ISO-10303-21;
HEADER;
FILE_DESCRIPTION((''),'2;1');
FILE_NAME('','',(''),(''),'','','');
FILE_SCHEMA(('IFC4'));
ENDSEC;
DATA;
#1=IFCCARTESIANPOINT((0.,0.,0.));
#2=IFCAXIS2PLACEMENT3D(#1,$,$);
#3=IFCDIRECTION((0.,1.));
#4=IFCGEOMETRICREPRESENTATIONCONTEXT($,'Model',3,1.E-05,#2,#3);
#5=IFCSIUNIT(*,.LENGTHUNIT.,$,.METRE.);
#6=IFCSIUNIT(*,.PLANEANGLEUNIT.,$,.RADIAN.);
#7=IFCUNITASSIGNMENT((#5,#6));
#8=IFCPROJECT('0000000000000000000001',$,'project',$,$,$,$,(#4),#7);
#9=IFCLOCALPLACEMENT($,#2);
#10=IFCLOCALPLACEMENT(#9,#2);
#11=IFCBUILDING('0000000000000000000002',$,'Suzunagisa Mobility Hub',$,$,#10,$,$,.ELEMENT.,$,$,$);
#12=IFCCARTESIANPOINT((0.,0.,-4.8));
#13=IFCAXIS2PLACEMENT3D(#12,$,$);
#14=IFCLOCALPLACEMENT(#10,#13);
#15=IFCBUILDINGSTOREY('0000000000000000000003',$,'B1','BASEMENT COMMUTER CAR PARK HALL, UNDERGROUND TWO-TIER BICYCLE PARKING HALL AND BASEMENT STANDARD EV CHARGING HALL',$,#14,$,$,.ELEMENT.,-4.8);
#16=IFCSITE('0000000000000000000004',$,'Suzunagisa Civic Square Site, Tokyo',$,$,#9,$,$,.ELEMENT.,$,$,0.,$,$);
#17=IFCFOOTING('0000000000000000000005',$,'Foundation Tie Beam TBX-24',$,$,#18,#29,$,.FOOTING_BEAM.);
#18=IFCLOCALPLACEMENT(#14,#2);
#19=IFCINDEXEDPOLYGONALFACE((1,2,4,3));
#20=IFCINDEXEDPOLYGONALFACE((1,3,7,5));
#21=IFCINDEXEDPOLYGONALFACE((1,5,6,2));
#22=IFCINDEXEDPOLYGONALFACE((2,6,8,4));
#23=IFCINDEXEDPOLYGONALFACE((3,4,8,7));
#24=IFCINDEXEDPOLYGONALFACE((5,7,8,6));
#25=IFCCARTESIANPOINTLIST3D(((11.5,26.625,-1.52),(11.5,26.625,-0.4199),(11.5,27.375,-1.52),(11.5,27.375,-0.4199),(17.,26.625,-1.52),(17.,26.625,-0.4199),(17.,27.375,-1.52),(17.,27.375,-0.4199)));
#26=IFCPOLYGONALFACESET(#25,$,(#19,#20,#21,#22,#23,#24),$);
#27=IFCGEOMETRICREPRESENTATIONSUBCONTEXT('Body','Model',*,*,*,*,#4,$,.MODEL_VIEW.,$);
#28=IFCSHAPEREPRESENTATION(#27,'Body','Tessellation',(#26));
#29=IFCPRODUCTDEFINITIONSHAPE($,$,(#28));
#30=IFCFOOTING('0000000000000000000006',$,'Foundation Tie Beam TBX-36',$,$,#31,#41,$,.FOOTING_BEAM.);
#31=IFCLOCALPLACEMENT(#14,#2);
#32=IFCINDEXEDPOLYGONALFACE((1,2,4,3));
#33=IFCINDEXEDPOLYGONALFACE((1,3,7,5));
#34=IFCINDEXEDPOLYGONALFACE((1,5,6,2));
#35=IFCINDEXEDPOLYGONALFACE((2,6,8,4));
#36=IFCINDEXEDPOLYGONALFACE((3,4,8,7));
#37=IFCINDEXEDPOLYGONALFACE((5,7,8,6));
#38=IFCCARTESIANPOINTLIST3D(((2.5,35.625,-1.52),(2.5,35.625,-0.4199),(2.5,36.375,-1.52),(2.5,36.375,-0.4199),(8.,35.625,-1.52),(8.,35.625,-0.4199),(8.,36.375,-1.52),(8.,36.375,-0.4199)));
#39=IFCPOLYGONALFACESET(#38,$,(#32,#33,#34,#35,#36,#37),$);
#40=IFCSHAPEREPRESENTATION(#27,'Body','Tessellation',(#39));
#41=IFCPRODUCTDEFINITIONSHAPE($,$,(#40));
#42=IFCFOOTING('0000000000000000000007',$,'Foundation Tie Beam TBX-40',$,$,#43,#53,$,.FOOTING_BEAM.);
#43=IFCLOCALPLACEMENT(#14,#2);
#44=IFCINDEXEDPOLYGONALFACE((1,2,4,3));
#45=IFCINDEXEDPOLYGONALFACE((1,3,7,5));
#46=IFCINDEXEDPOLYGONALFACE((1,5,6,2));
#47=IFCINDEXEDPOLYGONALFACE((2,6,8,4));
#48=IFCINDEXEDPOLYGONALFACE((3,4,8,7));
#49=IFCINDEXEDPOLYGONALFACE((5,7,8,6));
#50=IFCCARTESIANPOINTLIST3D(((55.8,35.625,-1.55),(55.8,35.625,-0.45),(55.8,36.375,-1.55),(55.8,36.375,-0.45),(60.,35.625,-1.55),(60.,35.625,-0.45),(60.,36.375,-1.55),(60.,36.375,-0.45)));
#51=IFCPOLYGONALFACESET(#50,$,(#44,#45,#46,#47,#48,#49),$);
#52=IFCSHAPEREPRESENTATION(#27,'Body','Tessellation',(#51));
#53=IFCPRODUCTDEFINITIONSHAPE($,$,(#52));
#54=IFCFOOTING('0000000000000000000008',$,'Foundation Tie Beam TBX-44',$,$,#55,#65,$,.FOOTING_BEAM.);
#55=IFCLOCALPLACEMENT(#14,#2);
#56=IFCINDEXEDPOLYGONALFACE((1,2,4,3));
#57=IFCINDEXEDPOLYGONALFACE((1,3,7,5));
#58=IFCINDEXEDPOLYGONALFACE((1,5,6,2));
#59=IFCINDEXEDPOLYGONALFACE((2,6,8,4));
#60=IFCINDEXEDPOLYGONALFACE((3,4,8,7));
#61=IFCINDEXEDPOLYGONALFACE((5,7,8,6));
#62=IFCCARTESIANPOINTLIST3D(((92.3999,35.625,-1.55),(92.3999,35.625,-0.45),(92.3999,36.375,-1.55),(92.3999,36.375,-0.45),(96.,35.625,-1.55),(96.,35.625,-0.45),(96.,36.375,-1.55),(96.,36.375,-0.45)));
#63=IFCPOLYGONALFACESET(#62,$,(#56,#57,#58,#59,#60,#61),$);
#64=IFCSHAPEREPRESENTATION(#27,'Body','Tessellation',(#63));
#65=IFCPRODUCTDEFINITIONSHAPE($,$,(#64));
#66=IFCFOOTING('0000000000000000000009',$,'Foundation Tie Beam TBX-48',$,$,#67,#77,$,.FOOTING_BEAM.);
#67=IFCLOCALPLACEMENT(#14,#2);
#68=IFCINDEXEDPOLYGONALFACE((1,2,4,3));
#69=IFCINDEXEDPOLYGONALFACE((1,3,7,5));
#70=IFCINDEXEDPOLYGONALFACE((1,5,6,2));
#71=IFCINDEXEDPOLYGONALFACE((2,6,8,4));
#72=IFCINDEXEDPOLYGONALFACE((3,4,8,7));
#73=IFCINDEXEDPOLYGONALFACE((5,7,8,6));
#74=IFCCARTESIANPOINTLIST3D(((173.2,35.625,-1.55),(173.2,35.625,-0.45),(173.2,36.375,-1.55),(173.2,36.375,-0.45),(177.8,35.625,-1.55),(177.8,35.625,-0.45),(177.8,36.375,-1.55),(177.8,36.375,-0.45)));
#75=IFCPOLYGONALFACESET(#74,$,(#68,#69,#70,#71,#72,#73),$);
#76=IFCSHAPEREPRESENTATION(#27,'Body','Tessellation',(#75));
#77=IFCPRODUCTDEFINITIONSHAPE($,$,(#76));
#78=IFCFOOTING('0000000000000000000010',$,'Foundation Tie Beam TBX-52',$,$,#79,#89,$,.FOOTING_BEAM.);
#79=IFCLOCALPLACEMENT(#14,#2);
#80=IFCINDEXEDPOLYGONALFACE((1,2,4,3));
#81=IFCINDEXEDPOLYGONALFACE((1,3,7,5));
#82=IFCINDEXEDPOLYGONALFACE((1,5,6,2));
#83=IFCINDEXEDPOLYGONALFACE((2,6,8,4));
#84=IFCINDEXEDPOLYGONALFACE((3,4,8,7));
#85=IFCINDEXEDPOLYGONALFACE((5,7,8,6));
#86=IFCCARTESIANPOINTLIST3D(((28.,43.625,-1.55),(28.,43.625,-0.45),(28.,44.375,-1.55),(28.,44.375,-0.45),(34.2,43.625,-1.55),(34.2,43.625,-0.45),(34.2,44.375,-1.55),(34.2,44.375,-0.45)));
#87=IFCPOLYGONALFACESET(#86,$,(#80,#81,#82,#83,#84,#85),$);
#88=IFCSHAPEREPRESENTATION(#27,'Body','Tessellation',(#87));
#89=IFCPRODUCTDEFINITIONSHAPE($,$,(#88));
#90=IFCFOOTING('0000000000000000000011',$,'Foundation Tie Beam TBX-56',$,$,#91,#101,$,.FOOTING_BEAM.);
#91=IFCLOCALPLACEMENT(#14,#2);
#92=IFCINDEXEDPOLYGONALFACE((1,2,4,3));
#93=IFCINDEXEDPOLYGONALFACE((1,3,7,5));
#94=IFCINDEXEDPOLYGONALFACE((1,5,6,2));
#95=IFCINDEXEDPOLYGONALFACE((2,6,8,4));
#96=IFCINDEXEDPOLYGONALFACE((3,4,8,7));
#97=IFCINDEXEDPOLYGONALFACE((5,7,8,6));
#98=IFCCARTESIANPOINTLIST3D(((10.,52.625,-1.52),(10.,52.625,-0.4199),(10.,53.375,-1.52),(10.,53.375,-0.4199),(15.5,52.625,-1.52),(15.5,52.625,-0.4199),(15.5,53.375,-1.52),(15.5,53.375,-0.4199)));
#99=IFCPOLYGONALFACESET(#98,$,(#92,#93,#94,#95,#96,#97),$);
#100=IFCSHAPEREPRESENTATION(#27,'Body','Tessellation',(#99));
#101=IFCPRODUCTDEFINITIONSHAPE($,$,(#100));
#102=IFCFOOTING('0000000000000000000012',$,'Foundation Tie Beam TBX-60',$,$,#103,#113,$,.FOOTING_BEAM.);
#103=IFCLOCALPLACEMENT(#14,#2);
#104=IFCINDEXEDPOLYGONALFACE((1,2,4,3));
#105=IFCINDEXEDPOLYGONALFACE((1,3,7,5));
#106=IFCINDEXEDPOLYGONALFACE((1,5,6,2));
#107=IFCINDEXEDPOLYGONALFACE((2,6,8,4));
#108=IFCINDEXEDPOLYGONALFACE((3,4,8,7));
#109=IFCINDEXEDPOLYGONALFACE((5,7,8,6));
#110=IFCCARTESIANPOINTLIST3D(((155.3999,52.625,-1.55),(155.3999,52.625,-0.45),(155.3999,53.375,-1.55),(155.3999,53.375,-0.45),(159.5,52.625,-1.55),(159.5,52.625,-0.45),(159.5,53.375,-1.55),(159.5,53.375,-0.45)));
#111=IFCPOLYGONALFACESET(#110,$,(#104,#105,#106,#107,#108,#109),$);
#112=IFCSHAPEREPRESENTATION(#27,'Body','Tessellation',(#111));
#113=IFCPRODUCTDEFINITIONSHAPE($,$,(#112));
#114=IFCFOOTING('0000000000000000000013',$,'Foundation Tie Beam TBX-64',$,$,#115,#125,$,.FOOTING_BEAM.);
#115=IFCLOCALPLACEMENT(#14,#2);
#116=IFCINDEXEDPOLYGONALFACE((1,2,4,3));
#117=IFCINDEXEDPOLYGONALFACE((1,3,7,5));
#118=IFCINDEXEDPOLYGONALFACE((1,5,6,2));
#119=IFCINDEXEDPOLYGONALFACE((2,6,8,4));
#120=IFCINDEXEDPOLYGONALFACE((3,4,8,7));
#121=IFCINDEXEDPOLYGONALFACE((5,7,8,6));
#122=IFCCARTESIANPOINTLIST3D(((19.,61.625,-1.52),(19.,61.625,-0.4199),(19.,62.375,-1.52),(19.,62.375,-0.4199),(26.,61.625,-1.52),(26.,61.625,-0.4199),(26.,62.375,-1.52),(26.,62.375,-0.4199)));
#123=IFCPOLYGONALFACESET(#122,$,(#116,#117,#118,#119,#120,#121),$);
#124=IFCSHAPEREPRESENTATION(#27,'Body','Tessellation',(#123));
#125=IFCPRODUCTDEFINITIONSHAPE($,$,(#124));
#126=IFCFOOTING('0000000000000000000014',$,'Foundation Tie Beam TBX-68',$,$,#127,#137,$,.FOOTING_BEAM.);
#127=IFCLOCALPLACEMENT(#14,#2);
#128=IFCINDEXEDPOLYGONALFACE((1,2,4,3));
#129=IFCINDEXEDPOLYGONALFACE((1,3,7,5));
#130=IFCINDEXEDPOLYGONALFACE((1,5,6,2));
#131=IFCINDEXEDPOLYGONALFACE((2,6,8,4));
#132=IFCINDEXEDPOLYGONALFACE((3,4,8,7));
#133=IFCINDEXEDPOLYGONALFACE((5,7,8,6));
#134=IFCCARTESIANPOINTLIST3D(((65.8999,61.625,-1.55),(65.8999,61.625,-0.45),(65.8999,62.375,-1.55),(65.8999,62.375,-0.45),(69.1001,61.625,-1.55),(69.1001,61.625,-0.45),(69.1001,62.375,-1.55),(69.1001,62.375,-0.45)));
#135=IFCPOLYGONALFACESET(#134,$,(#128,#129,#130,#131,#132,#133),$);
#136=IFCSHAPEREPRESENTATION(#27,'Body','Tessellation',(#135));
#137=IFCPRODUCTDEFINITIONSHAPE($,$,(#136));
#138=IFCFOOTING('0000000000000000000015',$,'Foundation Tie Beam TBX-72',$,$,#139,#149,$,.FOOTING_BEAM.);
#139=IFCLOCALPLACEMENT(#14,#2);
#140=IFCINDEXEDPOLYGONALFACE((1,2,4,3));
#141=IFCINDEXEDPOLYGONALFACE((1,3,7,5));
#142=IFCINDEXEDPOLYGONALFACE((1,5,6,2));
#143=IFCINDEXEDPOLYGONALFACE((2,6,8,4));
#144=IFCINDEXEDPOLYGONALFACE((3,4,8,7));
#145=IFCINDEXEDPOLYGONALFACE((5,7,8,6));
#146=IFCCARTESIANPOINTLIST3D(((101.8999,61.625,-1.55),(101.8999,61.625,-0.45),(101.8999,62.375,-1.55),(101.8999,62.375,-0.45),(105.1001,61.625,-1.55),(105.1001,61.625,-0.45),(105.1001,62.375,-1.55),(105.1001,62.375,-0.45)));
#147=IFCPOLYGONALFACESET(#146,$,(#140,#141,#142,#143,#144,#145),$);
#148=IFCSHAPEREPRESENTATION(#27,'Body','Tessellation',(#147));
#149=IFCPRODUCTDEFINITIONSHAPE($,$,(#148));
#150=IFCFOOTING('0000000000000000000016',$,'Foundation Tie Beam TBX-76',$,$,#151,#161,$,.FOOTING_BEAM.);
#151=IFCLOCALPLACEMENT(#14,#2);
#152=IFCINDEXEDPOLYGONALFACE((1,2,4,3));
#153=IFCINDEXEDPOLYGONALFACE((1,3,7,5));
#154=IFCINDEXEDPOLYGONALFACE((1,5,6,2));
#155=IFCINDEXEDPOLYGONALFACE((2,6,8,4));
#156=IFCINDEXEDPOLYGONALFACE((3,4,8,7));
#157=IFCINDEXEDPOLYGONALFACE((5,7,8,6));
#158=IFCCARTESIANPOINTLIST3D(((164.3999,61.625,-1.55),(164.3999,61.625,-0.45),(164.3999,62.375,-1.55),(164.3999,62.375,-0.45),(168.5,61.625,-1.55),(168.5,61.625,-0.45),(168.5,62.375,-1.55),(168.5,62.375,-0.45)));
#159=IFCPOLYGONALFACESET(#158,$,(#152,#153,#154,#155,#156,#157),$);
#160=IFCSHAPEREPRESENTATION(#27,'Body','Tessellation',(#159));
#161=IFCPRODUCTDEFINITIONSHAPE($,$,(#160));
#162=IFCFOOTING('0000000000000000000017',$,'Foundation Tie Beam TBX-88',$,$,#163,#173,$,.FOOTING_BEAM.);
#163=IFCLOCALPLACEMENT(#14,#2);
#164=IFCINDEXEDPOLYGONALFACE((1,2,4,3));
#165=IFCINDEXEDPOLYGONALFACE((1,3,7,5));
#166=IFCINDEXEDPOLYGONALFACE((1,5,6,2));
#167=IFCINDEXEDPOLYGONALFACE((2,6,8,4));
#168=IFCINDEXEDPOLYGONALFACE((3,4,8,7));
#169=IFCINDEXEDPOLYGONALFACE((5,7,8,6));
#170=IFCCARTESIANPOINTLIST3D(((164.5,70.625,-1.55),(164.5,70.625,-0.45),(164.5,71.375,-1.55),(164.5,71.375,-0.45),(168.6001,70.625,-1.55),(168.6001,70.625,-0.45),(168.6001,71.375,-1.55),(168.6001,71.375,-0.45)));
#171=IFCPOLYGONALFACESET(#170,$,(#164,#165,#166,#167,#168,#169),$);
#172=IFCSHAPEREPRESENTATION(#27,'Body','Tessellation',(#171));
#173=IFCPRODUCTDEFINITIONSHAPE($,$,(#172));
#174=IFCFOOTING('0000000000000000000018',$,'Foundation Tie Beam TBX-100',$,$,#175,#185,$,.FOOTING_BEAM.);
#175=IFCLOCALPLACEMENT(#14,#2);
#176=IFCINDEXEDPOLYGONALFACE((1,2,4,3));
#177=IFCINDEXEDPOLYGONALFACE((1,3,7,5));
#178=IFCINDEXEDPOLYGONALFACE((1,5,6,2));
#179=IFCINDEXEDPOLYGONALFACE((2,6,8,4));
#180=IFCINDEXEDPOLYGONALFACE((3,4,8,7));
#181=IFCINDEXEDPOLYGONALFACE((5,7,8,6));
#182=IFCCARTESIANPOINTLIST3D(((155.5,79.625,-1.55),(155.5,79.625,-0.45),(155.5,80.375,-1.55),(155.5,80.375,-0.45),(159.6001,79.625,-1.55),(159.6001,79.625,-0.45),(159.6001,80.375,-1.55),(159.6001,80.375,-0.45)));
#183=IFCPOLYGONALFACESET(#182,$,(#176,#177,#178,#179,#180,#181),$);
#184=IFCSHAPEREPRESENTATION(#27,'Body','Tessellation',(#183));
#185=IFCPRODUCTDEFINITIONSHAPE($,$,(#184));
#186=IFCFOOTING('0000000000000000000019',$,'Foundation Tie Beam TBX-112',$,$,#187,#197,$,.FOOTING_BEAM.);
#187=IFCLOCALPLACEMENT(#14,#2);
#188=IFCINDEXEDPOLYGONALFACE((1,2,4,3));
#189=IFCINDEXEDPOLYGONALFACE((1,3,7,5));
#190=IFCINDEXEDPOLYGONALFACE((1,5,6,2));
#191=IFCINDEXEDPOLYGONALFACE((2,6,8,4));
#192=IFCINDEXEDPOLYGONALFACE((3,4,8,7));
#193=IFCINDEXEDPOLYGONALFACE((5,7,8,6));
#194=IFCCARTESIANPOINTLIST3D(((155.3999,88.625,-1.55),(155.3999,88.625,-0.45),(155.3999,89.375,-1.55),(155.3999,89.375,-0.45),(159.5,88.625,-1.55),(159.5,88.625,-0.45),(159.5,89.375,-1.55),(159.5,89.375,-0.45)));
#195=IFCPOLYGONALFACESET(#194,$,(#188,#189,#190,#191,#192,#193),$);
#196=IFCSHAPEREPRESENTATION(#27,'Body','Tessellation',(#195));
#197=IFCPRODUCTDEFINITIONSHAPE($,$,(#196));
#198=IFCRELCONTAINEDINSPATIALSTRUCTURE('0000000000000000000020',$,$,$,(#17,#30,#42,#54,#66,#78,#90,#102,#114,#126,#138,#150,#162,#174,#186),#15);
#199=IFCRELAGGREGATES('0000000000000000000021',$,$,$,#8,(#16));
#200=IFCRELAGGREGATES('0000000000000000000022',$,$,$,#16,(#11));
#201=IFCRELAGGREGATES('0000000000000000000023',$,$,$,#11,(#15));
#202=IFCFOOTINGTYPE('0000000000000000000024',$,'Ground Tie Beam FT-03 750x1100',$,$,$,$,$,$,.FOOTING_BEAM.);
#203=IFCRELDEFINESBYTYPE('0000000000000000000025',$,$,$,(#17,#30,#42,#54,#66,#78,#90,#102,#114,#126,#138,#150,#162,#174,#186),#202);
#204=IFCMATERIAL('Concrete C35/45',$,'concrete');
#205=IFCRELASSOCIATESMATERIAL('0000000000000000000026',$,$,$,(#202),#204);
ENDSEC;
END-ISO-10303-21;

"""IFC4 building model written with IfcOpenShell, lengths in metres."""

from ifc_helpers import new_model, si_unit, direction, frame, origin, place, context, subcontext, project, spatial, polyline, outline, extrude, material, type_object, element, save


model = new_model("IFC4")

# Units and contexts
model_context = context("Model", 3, precision=1e-05, world=origin(), true_north=direction((0.0, 1.0)))
body_context = subcontext(model_context, "Body", "Model", "MODEL_VIEW")
ifc_project = project(units=[si_unit("LENGTHUNIT", "METRE"), si_unit("PLANEANGLEUNIT", "RADIAN")], contexts=[model_context])

# Site, building, storey
site_placement = place(None, origin())
site = spatial("IfcSite", under=ifc_project, at=site_placement, Name="Suzunagisa Civic Square Site, Tokyo", CompositionType="ELEMENT", RefElevation=0.0)
building_placement = place(site_placement, origin())
building = spatial("IfcBuilding", under=site, at=building_placement, Name="Suzunagisa Mobility Hub", CompositionType="ELEMENT")
storey_placement = place(building_placement, frame((0.0, 0.0, -4.8)))
storey = spatial("IfcBuildingStorey", under=building, at=storey_placement, Name="B1", Description="BASEMENT COMMUTER CAR PARK HALL, UNDERGROUND TWO-TIER BICYCLE PARKING HALL AND BASEMENT STANDARD EV CHARGING HALL", CompositionType="ELEMENT", Elevation=-4.8)

# Footings
ifc_material = material(Name="Concrete C35/45", Category="concrete")
footing_type = type_object("IfcFootingType", Name="Ground Tie Beam FT-03 750x1100", PredefinedType="FOOTING_BEAM", material=ifc_material)
footing_1_placement = place(storey_placement, frame((0.0, 0.0, -1.52)))
element("IfcFooting", 1, at=footing_1_placement, inside=storey, type_object=footing_type, Name="Foundation Tie Beam TBX-24", PredefinedType="FOOTING_BEAM", context=body_context, shape_type="SweptSolid", body=[
    extrude(outline(polyline([(11.5, 26.625), (17.0, 26.625), (17.0, 27.375), (11.5, 27.375), (11.5, 26.625)])), origin(), (0.0, 0.0, 1.0), 1.1001),
])
footing_2_placement = place(storey_placement, frame((0.0, 0.0, -1.52)))
element("IfcFooting", 2, at=footing_2_placement, inside=storey, type_object=footing_type, Name="Foundation Tie Beam TBX-36", PredefinedType="FOOTING_BEAM", context=body_context, shape_type="SweptSolid", body=[
    extrude(outline(polyline([(2.5, 35.625), (8.0, 35.625), (8.0, 36.375), (2.5, 36.375), (2.5, 35.625)])), origin(), (0.0, 0.0, 1.0), 1.1001),
])
footing_3_placement = place(storey_placement, frame((0.0, 0.0, -1.55)))
element("IfcFooting", 3, at=footing_3_placement, inside=storey, type_object=footing_type, Name="Foundation Tie Beam TBX-40", PredefinedType="FOOTING_BEAM", context=body_context, shape_type="SweptSolid", body=[
    extrude(outline(polyline([(55.8, 35.625), (60.0, 35.625), (60.0, 36.375), (55.8, 36.375), (55.8, 35.625)])), origin(), (0.0, 0.0, 1.0), 1.1001),
])
footing_4_placement = place(storey_placement, frame((0.0, 0.0, -1.55)))
element("IfcFooting", 4, at=footing_4_placement, inside=storey, type_object=footing_type, Name="Foundation Tie Beam TBX-44", PredefinedType="FOOTING_BEAM", context=body_context, shape_type="SweptSolid", body=[
    extrude(outline(polyline([(92.3999, 35.625), (96.0, 35.625), (96.0, 36.375), (92.3999, 36.375), (92.3999, 35.625)])), origin(), (0.0, 0.0, 1.0), 1.1001),
])
footing_5_placement = place(storey_placement, frame((0.0, 0.0, -1.55)))
element("IfcFooting", 5, at=footing_5_placement, inside=storey, type_object=footing_type, Name="Foundation Tie Beam TBX-48", PredefinedType="FOOTING_BEAM", context=body_context, shape_type="SweptSolid", body=[
    extrude(outline(polyline([(173.2, 35.625), (177.8, 35.625), (177.8, 36.375), (173.2, 36.375), (173.2, 35.625)])), origin(), (0.0, 0.0, 1.0), 1.1001),
])
footing_6_placement = place(storey_placement, frame((0.0, 0.0, -1.55)))
element("IfcFooting", 6, at=footing_6_placement, inside=storey, type_object=footing_type, Name="Foundation Tie Beam TBX-52", PredefinedType="FOOTING_BEAM", context=body_context, shape_type="SweptSolid", body=[
    extrude(outline(polyline([(28.0, 43.625), (34.2, 43.625), (34.2, 44.375), (28.0, 44.375), (28.0, 43.625)])), origin(), (0.0, 0.0, 1.0), 1.1001),
])
footing_7_placement = place(storey_placement, frame((0.0, 0.0, -1.52)))
element("IfcFooting", 7, at=footing_7_placement, inside=storey, type_object=footing_type, Name="Foundation Tie Beam TBX-56", PredefinedType="FOOTING_BEAM", context=body_context, shape_type="SweptSolid", body=[
    extrude(outline(polyline([(10.0, 52.625), (15.5, 52.625), (15.5, 53.375), (10.0, 53.375), (10.0, 52.625)])), origin(), (0.0, 0.0, 1.0), 1.1001),
])
footing_8_placement = place(storey_placement, frame((0.0, 0.0, -1.55)))
element("IfcFooting", 8, at=footing_8_placement, inside=storey, type_object=footing_type, Name="Foundation Tie Beam TBX-60", PredefinedType="FOOTING_BEAM", context=body_context, shape_type="SweptSolid", body=[
    extrude(outline(polyline([(155.3999, 52.625), (159.5, 52.625), (159.5, 53.375), (155.3999, 53.375), (155.3999, 52.625)])), origin(), (0.0, 0.0, 1.0), 1.1001),
])
footing_9_placement = place(storey_placement, frame((0.0, 0.0, -1.52)))
element("IfcFooting", 9, at=footing_9_placement, inside=storey, type_object=footing_type, Name="Foundation Tie Beam TBX-64", PredefinedType="FOOTING_BEAM", context=body_context, shape_type="SweptSolid", body=[
    extrude(outline(polyline([(19.0, 61.625), (26.0, 61.625), (26.0, 62.375), (19.0, 62.375), (19.0, 61.625)])), origin(), (0.0, 0.0, 1.0), 1.1001),
])
footing_10_placement = place(storey_placement, frame((0.0, 0.0, -1.55)))
element("IfcFooting", 10, at=footing_10_placement, inside=storey, type_object=footing_type, Name="Foundation Tie Beam TBX-68", PredefinedType="FOOTING_BEAM", context=body_context, shape_type="SweptSolid", body=[
    extrude(outline(polyline([(65.8999, 61.625), (69.1001, 61.625), (69.1001, 62.375), (65.8999, 62.375), (65.8999, 61.625)])), origin(), (0.0, 0.0, 1.0), 1.1001),
])
footing_11_placement = place(storey_placement, frame((0.0, 0.0, -1.55)))
element("IfcFooting", 11, at=footing_11_placement, inside=storey, type_object=footing_type, Name="Foundation Tie Beam TBX-72", PredefinedType="FOOTING_BEAM", context=body_context, shape_type="SweptSolid", body=[
    extrude(outline(polyline([(101.8999, 61.625), (105.1001, 61.625), (105.1001, 62.375), (101.8999, 62.375), (101.8999, 61.625)])), origin(), (0.0, 0.0, 1.0), 1.1001),
])
footing_12_placement = place(storey_placement, frame((0.0, 0.0, -1.55)))
element("IfcFooting", 12, at=footing_12_placement, inside=storey, type_object=footing_type, Name="Foundation Tie Beam TBX-76", PredefinedType="FOOTING_BEAM", context=body_context, shape_type="SweptSolid", body=[
    extrude(outline(polyline([(164.3999, 61.625), (168.5, 61.625), (168.5, 62.375), (164.3999, 62.375), (164.3999, 61.625)])), origin(), (0.0, 0.0, 1.0), 1.1001),
])
footing_13_placement = place(storey_placement, frame((0.0, 0.0, -1.55)))
element("IfcFooting", 13, at=footing_13_placement, inside=storey, type_object=footing_type, Name="Foundation Tie Beam TBX-88", PredefinedType="FOOTING_BEAM", context=body_context, shape_type="SweptSolid", body=[
    extrude(outline(polyline([(164.5, 70.625), (168.6001, 70.625), (168.6001, 71.375), (164.5, 71.375), (164.5, 70.625)])), origin(), (0.0, 0.0, 1.0), 1.1001),
])
footing_14_placement = place(storey_placement, frame((0.0, 0.0, -1.55)))
element("IfcFooting", 14, at=footing_14_placement, inside=storey, type_object=footing_type, Name="Foundation Tie Beam TBX-100", PredefinedType="FOOTING_BEAM", context=body_context, shape_type="SweptSolid", body=[
    extrude(outline(polyline([(155.5, 79.625), (159.6001, 79.625), (159.6001, 80.375), (155.5, 80.375), (155.5, 79.625)])), origin(), (0.0, 0.0, 1.0), 1.1001),
])
footing_15_placement = place(storey_placement, frame((0.0, 0.0, -1.55)))
element("IfcFooting", 15, at=footing_15_placement, inside=storey, type_object=footing_type, Name="Foundation Tie Beam TBX-112", PredefinedType="FOOTING_BEAM", context=body_context, shape_type="SweptSolid", body=[
    extrude(outline(polyline([(155.3999, 88.625), (159.5, 88.625), (159.5, 89.375), (155.3999, 89.375), (155.3999, 88.625)])), origin(), (0.0, 0.0, 1.0), 1.1001),
])

save(model, "model.ifc")
